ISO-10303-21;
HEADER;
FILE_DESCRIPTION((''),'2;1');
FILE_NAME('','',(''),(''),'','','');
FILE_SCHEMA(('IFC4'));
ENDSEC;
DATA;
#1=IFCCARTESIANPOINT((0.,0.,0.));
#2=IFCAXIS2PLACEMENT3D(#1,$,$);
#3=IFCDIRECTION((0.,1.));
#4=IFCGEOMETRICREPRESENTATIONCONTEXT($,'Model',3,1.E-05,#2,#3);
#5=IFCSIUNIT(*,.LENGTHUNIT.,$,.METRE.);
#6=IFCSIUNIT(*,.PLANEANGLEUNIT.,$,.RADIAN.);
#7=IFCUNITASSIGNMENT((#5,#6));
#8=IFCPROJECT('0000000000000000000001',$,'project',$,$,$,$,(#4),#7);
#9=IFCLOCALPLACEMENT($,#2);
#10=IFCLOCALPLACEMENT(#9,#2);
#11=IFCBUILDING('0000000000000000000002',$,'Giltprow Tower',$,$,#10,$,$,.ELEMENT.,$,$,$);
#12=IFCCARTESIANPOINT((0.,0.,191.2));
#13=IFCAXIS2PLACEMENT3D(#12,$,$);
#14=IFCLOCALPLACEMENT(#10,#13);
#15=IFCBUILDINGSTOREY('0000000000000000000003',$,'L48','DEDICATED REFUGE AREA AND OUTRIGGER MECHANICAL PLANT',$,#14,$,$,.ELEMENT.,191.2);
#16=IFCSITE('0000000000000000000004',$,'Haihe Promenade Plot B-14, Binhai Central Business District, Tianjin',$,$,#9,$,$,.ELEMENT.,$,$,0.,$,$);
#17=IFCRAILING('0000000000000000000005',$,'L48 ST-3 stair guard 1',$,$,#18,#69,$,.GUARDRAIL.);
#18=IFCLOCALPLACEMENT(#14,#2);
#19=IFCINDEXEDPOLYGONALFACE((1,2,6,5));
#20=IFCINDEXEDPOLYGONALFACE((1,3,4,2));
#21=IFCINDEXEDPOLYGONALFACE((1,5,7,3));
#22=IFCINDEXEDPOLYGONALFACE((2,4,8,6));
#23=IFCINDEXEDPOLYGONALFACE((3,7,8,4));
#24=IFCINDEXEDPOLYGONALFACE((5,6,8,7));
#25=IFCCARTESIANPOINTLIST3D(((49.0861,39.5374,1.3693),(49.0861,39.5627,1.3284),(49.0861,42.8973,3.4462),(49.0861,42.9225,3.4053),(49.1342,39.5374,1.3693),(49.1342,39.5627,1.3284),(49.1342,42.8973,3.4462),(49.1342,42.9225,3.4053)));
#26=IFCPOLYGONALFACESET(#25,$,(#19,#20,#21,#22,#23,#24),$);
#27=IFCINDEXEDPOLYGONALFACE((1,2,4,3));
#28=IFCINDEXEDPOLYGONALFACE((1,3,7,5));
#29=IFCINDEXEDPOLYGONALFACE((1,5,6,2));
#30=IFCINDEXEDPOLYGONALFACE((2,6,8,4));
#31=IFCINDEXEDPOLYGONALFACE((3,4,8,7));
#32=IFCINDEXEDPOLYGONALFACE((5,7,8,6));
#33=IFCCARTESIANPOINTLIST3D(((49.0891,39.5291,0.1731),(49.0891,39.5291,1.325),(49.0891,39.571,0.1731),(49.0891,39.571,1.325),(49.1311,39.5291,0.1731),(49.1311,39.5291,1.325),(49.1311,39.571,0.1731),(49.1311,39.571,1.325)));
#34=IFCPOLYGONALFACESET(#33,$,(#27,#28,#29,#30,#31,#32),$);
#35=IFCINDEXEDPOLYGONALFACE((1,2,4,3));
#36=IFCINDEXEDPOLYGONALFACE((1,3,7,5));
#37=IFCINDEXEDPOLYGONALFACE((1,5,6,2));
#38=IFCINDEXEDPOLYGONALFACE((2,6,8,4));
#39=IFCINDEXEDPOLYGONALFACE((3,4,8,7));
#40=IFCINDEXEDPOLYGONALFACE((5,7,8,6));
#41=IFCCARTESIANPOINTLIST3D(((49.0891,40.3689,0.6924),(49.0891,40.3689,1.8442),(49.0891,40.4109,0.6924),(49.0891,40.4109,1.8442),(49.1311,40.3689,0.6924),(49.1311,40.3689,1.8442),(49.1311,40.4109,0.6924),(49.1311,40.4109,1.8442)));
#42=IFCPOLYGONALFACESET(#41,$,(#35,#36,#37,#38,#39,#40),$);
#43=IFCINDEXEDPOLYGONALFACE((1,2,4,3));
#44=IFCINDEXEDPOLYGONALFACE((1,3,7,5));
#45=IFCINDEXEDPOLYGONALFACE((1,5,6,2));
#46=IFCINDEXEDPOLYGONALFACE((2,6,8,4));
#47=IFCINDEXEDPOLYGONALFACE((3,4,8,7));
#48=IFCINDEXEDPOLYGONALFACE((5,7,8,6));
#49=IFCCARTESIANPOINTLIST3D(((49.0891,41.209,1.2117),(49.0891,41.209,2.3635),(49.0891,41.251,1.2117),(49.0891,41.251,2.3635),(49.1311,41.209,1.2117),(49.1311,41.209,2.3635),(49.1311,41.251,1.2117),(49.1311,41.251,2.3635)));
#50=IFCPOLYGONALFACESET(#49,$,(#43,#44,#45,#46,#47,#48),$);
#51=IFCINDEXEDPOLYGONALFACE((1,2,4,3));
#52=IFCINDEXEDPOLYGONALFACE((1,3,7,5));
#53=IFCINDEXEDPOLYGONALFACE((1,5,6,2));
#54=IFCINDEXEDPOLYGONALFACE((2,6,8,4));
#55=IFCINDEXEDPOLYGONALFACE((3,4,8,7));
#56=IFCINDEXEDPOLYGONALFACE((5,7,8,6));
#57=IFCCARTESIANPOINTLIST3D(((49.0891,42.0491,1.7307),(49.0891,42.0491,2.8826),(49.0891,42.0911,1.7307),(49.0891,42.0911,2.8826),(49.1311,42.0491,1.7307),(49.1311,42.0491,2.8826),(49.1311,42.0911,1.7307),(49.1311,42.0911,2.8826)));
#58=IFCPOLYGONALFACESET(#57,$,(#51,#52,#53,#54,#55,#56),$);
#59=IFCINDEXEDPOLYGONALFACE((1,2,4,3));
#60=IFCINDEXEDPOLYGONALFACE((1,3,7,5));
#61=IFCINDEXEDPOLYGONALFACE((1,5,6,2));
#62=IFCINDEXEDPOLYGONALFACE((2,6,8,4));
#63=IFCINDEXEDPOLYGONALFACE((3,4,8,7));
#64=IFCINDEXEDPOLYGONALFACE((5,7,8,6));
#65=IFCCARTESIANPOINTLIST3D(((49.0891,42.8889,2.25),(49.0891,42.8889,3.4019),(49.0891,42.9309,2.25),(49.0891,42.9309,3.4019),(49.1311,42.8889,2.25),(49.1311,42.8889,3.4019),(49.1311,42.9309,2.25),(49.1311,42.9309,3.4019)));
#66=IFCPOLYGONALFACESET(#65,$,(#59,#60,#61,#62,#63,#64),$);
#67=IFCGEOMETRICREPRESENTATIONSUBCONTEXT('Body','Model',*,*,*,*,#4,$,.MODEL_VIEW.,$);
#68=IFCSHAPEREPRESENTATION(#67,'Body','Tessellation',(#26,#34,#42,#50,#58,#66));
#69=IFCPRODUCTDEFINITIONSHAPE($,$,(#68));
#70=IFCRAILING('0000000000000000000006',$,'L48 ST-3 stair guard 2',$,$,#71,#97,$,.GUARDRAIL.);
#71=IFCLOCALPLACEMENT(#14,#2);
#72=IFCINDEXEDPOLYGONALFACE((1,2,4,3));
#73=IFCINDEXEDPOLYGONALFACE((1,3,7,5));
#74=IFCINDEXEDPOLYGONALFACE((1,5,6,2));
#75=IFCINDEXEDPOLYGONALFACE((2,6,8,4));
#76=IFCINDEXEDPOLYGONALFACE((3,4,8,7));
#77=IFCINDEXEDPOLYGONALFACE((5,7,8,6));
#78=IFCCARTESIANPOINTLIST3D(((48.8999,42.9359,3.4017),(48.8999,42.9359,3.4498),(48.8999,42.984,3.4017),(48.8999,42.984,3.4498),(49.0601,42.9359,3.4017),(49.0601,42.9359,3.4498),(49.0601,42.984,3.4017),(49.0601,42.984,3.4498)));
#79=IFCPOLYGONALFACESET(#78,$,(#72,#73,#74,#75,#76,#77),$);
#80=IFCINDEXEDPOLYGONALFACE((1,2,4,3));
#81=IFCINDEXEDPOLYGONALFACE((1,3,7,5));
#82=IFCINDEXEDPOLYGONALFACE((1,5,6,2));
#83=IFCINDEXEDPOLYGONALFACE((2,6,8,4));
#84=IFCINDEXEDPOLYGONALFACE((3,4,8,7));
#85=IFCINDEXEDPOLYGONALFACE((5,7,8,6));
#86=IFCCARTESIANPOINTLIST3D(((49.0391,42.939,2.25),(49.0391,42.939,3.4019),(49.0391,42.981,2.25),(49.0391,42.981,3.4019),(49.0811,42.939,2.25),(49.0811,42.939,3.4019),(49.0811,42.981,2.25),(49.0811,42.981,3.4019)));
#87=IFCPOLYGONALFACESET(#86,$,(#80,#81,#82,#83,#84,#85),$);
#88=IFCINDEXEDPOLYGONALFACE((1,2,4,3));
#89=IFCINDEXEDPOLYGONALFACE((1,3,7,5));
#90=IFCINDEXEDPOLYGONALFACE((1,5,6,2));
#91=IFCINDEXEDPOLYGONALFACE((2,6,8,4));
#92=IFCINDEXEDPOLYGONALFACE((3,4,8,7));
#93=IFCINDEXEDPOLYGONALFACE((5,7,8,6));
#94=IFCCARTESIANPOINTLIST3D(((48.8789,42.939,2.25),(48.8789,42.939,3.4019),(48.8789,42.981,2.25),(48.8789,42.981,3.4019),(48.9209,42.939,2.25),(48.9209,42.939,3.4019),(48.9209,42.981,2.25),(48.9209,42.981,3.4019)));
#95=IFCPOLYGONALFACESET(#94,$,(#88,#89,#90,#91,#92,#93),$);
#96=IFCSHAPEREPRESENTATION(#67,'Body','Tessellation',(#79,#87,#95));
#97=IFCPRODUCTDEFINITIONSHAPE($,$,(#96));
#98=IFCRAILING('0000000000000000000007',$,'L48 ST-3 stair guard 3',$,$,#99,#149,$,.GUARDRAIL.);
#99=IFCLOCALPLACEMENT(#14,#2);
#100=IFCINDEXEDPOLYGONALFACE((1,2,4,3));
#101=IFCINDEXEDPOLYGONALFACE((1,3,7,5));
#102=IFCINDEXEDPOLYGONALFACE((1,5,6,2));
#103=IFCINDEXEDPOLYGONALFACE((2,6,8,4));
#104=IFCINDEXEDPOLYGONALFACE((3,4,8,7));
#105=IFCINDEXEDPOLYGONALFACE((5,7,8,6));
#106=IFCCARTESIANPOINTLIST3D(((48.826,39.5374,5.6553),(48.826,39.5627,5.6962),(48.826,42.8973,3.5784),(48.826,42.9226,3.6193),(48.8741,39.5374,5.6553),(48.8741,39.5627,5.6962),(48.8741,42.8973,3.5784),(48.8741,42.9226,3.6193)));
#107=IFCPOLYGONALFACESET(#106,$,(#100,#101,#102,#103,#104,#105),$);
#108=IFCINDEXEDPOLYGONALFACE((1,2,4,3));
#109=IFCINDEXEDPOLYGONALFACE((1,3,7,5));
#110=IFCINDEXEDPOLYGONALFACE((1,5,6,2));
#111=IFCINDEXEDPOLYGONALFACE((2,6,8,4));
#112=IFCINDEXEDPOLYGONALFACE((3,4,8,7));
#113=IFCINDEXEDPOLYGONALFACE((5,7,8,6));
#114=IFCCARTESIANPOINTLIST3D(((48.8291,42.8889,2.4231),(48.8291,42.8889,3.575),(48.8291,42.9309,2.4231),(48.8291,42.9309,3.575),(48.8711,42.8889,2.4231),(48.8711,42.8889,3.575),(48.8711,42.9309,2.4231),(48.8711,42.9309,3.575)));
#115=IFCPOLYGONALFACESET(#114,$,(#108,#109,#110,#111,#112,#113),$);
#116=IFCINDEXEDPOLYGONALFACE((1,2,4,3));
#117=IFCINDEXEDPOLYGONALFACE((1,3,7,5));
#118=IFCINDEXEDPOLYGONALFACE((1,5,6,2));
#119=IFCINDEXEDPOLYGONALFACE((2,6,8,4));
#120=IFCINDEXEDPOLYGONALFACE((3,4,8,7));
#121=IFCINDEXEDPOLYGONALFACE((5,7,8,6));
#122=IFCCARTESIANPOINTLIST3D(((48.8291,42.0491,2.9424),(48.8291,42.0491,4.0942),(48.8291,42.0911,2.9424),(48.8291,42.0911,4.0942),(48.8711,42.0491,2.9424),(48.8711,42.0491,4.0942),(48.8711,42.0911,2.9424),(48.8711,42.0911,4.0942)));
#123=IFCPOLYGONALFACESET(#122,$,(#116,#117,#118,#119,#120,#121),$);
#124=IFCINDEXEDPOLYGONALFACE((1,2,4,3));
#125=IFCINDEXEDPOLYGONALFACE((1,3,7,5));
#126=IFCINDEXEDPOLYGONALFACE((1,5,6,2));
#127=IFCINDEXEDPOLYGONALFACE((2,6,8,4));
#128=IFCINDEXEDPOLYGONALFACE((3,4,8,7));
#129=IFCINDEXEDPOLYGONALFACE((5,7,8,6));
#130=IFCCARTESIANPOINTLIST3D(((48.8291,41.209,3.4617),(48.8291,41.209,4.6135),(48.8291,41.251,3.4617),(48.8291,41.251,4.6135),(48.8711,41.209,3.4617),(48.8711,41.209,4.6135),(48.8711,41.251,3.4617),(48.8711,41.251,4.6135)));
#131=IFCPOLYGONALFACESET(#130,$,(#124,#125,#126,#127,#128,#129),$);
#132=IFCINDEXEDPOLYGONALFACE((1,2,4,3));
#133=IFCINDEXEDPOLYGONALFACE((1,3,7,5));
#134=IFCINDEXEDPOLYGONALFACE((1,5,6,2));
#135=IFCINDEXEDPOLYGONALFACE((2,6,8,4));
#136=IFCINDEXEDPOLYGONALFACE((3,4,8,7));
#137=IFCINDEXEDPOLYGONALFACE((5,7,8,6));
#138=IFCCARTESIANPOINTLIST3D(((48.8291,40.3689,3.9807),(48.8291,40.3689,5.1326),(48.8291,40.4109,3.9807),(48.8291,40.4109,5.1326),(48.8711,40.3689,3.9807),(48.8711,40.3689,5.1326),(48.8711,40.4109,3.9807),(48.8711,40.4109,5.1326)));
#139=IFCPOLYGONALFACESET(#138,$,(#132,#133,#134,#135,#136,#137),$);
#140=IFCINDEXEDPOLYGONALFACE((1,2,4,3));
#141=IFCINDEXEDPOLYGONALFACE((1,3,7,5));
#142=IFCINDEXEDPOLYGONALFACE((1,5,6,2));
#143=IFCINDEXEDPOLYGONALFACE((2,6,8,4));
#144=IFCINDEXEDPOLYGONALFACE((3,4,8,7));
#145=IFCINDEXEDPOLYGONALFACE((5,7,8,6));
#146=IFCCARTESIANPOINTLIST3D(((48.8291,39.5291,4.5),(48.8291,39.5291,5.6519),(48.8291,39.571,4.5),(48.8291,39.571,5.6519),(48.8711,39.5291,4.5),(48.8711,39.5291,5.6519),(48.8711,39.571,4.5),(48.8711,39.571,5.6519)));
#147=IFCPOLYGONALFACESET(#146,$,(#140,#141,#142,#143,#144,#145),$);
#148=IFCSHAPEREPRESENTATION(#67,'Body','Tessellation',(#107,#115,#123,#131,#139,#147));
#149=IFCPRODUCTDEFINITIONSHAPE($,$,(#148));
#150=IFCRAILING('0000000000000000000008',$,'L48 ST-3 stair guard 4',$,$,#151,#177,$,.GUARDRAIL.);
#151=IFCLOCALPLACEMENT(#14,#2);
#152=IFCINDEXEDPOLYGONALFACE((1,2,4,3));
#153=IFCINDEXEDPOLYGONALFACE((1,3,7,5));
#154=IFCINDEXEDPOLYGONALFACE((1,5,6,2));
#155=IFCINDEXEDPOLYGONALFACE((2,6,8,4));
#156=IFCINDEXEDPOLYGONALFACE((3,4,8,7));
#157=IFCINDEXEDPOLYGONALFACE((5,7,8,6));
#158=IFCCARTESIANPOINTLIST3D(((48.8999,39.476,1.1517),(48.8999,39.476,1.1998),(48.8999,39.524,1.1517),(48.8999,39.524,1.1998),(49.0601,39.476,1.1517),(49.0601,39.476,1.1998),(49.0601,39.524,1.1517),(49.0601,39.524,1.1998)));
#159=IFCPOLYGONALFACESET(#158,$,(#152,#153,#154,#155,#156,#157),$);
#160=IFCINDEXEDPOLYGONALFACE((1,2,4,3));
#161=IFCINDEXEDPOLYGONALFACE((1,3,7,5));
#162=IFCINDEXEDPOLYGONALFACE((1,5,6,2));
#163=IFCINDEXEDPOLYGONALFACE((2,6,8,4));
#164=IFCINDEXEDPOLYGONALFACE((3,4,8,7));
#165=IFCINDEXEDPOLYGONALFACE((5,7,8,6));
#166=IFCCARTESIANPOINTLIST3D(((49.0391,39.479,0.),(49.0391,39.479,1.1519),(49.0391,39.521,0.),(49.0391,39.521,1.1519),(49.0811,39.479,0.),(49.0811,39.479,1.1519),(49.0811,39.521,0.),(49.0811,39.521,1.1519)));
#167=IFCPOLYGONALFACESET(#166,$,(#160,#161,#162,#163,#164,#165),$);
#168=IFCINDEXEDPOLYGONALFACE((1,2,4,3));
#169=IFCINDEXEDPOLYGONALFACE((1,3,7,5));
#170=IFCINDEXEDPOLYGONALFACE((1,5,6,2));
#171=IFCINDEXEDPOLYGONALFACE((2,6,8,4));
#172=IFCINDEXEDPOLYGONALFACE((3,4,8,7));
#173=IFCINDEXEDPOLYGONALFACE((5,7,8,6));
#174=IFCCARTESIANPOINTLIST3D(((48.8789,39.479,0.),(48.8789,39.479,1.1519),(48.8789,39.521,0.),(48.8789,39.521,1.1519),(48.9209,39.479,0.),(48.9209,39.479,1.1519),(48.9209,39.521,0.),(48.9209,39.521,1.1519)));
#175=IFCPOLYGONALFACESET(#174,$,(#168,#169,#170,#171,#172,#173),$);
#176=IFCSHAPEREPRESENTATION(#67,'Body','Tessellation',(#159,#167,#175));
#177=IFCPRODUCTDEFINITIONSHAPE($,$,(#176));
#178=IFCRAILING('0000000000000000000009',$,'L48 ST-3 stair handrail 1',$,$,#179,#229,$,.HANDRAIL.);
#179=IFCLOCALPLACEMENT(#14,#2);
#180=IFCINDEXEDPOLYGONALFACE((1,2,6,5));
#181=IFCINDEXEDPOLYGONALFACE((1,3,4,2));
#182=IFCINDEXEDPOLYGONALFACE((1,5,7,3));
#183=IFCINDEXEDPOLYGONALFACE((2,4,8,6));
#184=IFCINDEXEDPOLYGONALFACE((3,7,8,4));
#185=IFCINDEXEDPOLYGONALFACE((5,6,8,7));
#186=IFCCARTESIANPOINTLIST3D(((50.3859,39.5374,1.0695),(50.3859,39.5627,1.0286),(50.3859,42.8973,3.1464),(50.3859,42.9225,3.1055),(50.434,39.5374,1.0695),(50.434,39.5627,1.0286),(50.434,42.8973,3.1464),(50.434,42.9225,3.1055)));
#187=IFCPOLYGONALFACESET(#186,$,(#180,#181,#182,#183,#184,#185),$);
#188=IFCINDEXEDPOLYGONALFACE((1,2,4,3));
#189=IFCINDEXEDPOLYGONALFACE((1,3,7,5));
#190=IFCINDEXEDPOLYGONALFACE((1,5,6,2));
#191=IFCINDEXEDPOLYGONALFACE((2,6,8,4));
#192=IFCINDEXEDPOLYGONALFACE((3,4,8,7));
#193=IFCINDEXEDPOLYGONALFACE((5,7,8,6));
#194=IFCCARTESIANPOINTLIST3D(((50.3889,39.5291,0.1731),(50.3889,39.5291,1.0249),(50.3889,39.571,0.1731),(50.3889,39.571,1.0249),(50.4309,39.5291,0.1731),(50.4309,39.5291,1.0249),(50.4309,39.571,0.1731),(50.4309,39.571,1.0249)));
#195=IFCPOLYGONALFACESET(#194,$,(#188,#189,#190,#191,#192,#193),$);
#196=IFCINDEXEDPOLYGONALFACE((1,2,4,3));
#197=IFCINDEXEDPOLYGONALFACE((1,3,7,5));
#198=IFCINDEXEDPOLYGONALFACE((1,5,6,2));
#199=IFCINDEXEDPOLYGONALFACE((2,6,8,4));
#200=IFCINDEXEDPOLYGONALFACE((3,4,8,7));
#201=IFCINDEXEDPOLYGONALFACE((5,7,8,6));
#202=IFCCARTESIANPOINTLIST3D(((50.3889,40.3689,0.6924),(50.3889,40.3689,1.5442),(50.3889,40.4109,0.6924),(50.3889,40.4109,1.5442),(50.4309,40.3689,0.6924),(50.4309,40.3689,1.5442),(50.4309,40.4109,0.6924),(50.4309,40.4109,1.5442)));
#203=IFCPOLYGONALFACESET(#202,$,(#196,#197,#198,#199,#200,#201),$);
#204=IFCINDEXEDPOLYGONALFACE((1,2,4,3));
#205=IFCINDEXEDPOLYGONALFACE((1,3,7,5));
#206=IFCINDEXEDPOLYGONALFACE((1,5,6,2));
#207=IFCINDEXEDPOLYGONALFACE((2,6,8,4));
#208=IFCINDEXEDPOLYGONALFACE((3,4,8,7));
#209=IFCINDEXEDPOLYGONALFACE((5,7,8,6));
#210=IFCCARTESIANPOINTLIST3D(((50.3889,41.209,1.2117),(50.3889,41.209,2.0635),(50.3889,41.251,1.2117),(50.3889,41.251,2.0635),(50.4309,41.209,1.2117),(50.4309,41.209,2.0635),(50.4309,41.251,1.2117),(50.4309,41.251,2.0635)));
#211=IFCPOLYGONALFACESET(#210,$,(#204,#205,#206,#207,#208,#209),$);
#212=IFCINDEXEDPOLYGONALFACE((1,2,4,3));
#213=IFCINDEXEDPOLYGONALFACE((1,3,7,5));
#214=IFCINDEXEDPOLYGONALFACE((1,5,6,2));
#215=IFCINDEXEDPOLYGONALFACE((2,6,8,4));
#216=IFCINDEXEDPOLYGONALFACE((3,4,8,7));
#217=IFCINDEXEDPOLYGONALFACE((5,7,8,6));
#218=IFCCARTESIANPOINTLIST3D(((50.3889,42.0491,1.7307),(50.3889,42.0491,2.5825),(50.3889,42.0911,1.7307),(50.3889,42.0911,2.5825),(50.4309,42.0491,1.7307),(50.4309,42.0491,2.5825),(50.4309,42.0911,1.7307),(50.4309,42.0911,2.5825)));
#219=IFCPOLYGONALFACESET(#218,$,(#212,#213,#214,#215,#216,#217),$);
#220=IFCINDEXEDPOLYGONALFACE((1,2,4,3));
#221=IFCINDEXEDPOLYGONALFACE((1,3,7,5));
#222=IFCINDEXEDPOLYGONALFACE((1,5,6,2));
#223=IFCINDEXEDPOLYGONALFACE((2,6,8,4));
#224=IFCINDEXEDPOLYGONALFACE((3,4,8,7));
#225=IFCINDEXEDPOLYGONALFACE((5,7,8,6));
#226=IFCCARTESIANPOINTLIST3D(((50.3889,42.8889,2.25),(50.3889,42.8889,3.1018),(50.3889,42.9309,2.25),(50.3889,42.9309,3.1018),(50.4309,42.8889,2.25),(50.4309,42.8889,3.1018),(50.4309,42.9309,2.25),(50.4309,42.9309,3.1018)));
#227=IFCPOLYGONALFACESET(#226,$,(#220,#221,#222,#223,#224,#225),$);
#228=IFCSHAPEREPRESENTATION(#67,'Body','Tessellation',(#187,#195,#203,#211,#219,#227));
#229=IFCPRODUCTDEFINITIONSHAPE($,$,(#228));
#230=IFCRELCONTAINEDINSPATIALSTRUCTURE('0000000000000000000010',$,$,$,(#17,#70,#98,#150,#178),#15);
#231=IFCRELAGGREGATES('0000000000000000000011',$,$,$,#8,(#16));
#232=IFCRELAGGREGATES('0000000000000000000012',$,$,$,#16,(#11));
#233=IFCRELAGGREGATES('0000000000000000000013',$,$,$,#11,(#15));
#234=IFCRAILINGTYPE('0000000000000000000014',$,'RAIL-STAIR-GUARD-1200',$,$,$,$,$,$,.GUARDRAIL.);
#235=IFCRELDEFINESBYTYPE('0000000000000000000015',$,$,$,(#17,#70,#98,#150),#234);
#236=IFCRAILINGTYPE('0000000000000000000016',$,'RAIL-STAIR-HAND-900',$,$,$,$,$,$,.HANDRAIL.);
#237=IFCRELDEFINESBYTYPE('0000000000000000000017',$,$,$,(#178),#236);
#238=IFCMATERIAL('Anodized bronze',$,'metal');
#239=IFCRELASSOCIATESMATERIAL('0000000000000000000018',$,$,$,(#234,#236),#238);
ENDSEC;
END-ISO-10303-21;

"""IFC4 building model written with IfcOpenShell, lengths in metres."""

from ifc_helpers import new_model, si_unit, direction, frame, origin, origin_2d, place, context, subcontext, project, spatial, rectangle, extrude, material, type_object, element, save


model = new_model("IFC4")

# Units and contexts
model_context = context("Model", 3, precision=1e-05, world=origin(), true_north=direction((0.0, 1.0)))
body_context = subcontext(model_context, "Body", "Model", "MODEL_VIEW")
ifc_project = project(units=[si_unit("LENGTHUNIT", "METRE"), si_unit("PLANEANGLEUNIT", "RADIAN")], contexts=[model_context])

# Site, building, storey
site_placement = place(None, origin())
site = spatial("IfcSite", under=ifc_project, at=site_placement, Name="Haihe Promenade Plot B-14, Binhai Central Business District, Tianjin", CompositionType="ELEMENT", RefElevation=0.0)
building_placement = place(site_placement, origin())
building = spatial("IfcBuilding", under=site, at=building_placement, Name="Giltprow Tower", CompositionType="ELEMENT")
storey_placement = place(building_placement, frame((0.0, 0.0, 191.2)))
storey = spatial("IfcBuildingStorey", under=building, at=storey_placement, Name="L48", Description="DEDICATED REFUGE AREA AND OUTRIGGER MECHANICAL PLANT", CompositionType="ELEMENT", Elevation=191.2)

# Railings
ifc_material_1 = material(Name="Anodized bronze", Category="metal")
railing_type_1 = type_object("IfcRailingType", Name="RAIL-STAIR-GUARD-1200", PredefinedType="GUARDRAIL", material=ifc_material_1)
railing_1_placement = place(storey_placement, frame((49.1101, 39.55, 0.1731)))
element("IfcRailing", 1, at=railing_1_placement, inside=storey, type_object=railing_type_1, Name="L48 ST-3 stair guard 1", PredefinedType="GUARDRAIL", context=body_context, shape_type="SweptSolid", body=[
    extrude(rectangle(XDim=0.0481, YDim=0.0481, at=origin_2d()), frame((0.0, 0.0, 1.1758), z_axis=(0.0, 0.850606, 0.525803), x_axis=(-1.0, 0.0, 0.0)), (0.0, 0.0, 1.0), 3.95),
    extrude(rectangle(XDim=0.042, YDim=0.042, at=origin_2d()), origin(), (0.0, 0.0, 1.0), 1.1519),
    extrude(rectangle(XDim=0.042, YDim=0.042, at=origin_2d()), frame((0.0, 0.8398, 0.5193)), (0.0, 0.0, 1.0), 1.1519),
    extrude(rectangle(XDim=0.042, YDim=0.042, at=origin_2d()), frame((0.0, 1.6799, 1.0386)), (0.0, 0.0, 1.0), 1.1519),
    extrude(rectangle(XDim=0.042, YDim=0.042, at=origin_2d()), frame((0.0, 2.52, 1.5576)), (0.0, 0.0, 1.0), 1.1519),
    extrude(rectangle(XDim=0.042, YDim=0.042, at=origin_2d()), frame((0.0, 3.3599, 2.0769)), (0.0, 0.0, 1.0), 1.1519),
])
railing_2_placement = place(storey_placement, frame((49.0601, 42.96, 2.25)))
element("IfcRailing", 2, at=railing_2_placement, inside=storey, type_object=railing_type_1, Name="L48 ST-3 stair guard 2", PredefinedType="GUARDRAIL", context=body_context, shape_type="SweptSolid", body=[
    extrude(rectangle(XDim=0.0481, YDim=0.0481, at=origin_2d()), frame((0.0, 0.0, 1.1758), z_axis=(-1.0, 0.0, 0.0), x_axis=(0.0, -1.0, 0.0)), (0.0, 0.0, 1.0), 0.1602),
    extrude(rectangle(XDim=0.042, YDim=0.042, at=origin_2d()), origin(), (0.0, 0.0, 1.0), 1.1519),
    extrude(rectangle(XDim=0.042, YDim=0.042, at=origin_2d()), frame((-0.1602, 0.0, 0.0)), (0.0, 0.0, 1.0), 1.1519),
])
railing_3_placement = place(storey_placement, frame((48.8501, 42.9099, 2.4231)))
element("IfcRailing", 3, at=railing_3_placement, inside=storey, type_object=railing_type_1, Name="L48 ST-3 stair guard 3", PredefinedType="GUARDRAIL", context=body_context, shape_type="SweptSolid", body=[
    extrude(rectangle(XDim=0.0481, YDim=0.0481, at=origin_2d()), frame((0.0, 0.0, 1.1758), z_axis=(0.0, -0.850606, 0.525803), x_axis=(1.0, 0.0, 0.0)), (0.0, 0.0, 1.0), 3.95),
    extrude(rectangle(XDim=0.042, YDim=0.042, at=origin_2d()), origin(), (0.0, 0.0, 1.0), 1.1519),
    extrude(rectangle(XDim=0.042, YDim=0.042, at=origin_2d()), frame((0.0, -0.8398, 0.5193)), (0.0, 0.0, 1.0), 1.1519),
    extrude(rectangle(XDim=0.042, YDim=0.042, at=origin_2d()), frame((0.0, -1.6799, 1.0386)), (0.0, 0.0, 1.0), 1.1519),
    extrude(rectangle(XDim=0.042, YDim=0.042, at=origin_2d()), frame((0.0, -2.52, 1.5576)), (0.0, 0.0, 1.0), 1.1519),
    extrude(rectangle(XDim=0.042, YDim=0.042, at=origin_2d()), frame((0.0, -3.3599, 2.0769)), (0.0, 0.0, 1.0), 1.1519),
])
railing_4_placement = place(storey_placement, frame((49.0601, 39.5, 0.0)))
element("IfcRailing", 4, at=railing_4_placement, inside=storey, type_object=railing_type_1, Name="L48 ST-3 stair guard 4", PredefinedType="GUARDRAIL", context=body_context, shape_type="SweptSolid", body=[
    extrude(rectangle(XDim=0.0481, YDim=0.0481, at=origin_2d()), frame((0.0, 0.0, 1.1758), z_axis=(-1.0, 0.0, 0.0), x_axis=(0.0, -1.0, 0.0)), (0.0, 0.0, 1.0), 0.1602),
    extrude(rectangle(XDim=0.042, YDim=0.042, at=origin_2d()), origin(), (0.0, 0.0, 1.0), 1.1519),
    extrude(rectangle(XDim=0.042, YDim=0.042, at=origin_2d()), frame((-0.1602, 0.0, 0.0)), (0.0, 0.0, 1.0), 1.1519),
])
railing_type_2 = type_object("IfcRailingType", Name="RAIL-STAIR-HAND-900", PredefinedType="HANDRAIL", material=ifc_material_1)
railing_5_placement = place(storey_placement, frame((50.4099, 39.55, 0.1731)))
element("IfcRailing", 5, at=railing_5_placement, inside=storey, type_object=railing_type_2, Name="L48 ST-3 stair handrail 1", PredefinedType="HANDRAIL", context=body_context, shape_type="SweptSolid", body=[
    extrude(rectangle(XDim=0.0481, YDim=0.0481, at=origin_2d()), frame((0.0, 0.0, 0.876), z_axis=(0.0, 0.850606, 0.525803), x_axis=(-1.0, 0.0, 0.0)), (0.0, 0.0, 1.0), 3.95),
    extrude(rectangle(XDim=0.042, YDim=0.042, at=origin_2d()), origin(), (0.0, 0.0, 1.0), 0.8518),
    extrude(rectangle(XDim=0.042, YDim=0.042, at=origin_2d()), frame((0.0, 0.8398, 0.5193)), (0.0, 0.0, 1.0), 0.8518),
    extrude(rectangle(XDim=0.042, YDim=0.042, at=origin_2d()), frame((0.0, 1.6799, 1.0386)), (0.0, 0.0, 1.0), 0.8518),
    extrude(rectangle(XDim=0.042, YDim=0.042, at=origin_2d()), frame((0.0, 2.52, 1.5576)), (0.0, 0.0, 1.0), 0.8518),
    extrude(rectangle(XDim=0.042, YDim=0.042, at=origin_2d()), frame((0.0, 3.3599, 2.0769)), (0.0, 0.0, 1.0), 0.8518),
])

save(model, "model.ifc")
